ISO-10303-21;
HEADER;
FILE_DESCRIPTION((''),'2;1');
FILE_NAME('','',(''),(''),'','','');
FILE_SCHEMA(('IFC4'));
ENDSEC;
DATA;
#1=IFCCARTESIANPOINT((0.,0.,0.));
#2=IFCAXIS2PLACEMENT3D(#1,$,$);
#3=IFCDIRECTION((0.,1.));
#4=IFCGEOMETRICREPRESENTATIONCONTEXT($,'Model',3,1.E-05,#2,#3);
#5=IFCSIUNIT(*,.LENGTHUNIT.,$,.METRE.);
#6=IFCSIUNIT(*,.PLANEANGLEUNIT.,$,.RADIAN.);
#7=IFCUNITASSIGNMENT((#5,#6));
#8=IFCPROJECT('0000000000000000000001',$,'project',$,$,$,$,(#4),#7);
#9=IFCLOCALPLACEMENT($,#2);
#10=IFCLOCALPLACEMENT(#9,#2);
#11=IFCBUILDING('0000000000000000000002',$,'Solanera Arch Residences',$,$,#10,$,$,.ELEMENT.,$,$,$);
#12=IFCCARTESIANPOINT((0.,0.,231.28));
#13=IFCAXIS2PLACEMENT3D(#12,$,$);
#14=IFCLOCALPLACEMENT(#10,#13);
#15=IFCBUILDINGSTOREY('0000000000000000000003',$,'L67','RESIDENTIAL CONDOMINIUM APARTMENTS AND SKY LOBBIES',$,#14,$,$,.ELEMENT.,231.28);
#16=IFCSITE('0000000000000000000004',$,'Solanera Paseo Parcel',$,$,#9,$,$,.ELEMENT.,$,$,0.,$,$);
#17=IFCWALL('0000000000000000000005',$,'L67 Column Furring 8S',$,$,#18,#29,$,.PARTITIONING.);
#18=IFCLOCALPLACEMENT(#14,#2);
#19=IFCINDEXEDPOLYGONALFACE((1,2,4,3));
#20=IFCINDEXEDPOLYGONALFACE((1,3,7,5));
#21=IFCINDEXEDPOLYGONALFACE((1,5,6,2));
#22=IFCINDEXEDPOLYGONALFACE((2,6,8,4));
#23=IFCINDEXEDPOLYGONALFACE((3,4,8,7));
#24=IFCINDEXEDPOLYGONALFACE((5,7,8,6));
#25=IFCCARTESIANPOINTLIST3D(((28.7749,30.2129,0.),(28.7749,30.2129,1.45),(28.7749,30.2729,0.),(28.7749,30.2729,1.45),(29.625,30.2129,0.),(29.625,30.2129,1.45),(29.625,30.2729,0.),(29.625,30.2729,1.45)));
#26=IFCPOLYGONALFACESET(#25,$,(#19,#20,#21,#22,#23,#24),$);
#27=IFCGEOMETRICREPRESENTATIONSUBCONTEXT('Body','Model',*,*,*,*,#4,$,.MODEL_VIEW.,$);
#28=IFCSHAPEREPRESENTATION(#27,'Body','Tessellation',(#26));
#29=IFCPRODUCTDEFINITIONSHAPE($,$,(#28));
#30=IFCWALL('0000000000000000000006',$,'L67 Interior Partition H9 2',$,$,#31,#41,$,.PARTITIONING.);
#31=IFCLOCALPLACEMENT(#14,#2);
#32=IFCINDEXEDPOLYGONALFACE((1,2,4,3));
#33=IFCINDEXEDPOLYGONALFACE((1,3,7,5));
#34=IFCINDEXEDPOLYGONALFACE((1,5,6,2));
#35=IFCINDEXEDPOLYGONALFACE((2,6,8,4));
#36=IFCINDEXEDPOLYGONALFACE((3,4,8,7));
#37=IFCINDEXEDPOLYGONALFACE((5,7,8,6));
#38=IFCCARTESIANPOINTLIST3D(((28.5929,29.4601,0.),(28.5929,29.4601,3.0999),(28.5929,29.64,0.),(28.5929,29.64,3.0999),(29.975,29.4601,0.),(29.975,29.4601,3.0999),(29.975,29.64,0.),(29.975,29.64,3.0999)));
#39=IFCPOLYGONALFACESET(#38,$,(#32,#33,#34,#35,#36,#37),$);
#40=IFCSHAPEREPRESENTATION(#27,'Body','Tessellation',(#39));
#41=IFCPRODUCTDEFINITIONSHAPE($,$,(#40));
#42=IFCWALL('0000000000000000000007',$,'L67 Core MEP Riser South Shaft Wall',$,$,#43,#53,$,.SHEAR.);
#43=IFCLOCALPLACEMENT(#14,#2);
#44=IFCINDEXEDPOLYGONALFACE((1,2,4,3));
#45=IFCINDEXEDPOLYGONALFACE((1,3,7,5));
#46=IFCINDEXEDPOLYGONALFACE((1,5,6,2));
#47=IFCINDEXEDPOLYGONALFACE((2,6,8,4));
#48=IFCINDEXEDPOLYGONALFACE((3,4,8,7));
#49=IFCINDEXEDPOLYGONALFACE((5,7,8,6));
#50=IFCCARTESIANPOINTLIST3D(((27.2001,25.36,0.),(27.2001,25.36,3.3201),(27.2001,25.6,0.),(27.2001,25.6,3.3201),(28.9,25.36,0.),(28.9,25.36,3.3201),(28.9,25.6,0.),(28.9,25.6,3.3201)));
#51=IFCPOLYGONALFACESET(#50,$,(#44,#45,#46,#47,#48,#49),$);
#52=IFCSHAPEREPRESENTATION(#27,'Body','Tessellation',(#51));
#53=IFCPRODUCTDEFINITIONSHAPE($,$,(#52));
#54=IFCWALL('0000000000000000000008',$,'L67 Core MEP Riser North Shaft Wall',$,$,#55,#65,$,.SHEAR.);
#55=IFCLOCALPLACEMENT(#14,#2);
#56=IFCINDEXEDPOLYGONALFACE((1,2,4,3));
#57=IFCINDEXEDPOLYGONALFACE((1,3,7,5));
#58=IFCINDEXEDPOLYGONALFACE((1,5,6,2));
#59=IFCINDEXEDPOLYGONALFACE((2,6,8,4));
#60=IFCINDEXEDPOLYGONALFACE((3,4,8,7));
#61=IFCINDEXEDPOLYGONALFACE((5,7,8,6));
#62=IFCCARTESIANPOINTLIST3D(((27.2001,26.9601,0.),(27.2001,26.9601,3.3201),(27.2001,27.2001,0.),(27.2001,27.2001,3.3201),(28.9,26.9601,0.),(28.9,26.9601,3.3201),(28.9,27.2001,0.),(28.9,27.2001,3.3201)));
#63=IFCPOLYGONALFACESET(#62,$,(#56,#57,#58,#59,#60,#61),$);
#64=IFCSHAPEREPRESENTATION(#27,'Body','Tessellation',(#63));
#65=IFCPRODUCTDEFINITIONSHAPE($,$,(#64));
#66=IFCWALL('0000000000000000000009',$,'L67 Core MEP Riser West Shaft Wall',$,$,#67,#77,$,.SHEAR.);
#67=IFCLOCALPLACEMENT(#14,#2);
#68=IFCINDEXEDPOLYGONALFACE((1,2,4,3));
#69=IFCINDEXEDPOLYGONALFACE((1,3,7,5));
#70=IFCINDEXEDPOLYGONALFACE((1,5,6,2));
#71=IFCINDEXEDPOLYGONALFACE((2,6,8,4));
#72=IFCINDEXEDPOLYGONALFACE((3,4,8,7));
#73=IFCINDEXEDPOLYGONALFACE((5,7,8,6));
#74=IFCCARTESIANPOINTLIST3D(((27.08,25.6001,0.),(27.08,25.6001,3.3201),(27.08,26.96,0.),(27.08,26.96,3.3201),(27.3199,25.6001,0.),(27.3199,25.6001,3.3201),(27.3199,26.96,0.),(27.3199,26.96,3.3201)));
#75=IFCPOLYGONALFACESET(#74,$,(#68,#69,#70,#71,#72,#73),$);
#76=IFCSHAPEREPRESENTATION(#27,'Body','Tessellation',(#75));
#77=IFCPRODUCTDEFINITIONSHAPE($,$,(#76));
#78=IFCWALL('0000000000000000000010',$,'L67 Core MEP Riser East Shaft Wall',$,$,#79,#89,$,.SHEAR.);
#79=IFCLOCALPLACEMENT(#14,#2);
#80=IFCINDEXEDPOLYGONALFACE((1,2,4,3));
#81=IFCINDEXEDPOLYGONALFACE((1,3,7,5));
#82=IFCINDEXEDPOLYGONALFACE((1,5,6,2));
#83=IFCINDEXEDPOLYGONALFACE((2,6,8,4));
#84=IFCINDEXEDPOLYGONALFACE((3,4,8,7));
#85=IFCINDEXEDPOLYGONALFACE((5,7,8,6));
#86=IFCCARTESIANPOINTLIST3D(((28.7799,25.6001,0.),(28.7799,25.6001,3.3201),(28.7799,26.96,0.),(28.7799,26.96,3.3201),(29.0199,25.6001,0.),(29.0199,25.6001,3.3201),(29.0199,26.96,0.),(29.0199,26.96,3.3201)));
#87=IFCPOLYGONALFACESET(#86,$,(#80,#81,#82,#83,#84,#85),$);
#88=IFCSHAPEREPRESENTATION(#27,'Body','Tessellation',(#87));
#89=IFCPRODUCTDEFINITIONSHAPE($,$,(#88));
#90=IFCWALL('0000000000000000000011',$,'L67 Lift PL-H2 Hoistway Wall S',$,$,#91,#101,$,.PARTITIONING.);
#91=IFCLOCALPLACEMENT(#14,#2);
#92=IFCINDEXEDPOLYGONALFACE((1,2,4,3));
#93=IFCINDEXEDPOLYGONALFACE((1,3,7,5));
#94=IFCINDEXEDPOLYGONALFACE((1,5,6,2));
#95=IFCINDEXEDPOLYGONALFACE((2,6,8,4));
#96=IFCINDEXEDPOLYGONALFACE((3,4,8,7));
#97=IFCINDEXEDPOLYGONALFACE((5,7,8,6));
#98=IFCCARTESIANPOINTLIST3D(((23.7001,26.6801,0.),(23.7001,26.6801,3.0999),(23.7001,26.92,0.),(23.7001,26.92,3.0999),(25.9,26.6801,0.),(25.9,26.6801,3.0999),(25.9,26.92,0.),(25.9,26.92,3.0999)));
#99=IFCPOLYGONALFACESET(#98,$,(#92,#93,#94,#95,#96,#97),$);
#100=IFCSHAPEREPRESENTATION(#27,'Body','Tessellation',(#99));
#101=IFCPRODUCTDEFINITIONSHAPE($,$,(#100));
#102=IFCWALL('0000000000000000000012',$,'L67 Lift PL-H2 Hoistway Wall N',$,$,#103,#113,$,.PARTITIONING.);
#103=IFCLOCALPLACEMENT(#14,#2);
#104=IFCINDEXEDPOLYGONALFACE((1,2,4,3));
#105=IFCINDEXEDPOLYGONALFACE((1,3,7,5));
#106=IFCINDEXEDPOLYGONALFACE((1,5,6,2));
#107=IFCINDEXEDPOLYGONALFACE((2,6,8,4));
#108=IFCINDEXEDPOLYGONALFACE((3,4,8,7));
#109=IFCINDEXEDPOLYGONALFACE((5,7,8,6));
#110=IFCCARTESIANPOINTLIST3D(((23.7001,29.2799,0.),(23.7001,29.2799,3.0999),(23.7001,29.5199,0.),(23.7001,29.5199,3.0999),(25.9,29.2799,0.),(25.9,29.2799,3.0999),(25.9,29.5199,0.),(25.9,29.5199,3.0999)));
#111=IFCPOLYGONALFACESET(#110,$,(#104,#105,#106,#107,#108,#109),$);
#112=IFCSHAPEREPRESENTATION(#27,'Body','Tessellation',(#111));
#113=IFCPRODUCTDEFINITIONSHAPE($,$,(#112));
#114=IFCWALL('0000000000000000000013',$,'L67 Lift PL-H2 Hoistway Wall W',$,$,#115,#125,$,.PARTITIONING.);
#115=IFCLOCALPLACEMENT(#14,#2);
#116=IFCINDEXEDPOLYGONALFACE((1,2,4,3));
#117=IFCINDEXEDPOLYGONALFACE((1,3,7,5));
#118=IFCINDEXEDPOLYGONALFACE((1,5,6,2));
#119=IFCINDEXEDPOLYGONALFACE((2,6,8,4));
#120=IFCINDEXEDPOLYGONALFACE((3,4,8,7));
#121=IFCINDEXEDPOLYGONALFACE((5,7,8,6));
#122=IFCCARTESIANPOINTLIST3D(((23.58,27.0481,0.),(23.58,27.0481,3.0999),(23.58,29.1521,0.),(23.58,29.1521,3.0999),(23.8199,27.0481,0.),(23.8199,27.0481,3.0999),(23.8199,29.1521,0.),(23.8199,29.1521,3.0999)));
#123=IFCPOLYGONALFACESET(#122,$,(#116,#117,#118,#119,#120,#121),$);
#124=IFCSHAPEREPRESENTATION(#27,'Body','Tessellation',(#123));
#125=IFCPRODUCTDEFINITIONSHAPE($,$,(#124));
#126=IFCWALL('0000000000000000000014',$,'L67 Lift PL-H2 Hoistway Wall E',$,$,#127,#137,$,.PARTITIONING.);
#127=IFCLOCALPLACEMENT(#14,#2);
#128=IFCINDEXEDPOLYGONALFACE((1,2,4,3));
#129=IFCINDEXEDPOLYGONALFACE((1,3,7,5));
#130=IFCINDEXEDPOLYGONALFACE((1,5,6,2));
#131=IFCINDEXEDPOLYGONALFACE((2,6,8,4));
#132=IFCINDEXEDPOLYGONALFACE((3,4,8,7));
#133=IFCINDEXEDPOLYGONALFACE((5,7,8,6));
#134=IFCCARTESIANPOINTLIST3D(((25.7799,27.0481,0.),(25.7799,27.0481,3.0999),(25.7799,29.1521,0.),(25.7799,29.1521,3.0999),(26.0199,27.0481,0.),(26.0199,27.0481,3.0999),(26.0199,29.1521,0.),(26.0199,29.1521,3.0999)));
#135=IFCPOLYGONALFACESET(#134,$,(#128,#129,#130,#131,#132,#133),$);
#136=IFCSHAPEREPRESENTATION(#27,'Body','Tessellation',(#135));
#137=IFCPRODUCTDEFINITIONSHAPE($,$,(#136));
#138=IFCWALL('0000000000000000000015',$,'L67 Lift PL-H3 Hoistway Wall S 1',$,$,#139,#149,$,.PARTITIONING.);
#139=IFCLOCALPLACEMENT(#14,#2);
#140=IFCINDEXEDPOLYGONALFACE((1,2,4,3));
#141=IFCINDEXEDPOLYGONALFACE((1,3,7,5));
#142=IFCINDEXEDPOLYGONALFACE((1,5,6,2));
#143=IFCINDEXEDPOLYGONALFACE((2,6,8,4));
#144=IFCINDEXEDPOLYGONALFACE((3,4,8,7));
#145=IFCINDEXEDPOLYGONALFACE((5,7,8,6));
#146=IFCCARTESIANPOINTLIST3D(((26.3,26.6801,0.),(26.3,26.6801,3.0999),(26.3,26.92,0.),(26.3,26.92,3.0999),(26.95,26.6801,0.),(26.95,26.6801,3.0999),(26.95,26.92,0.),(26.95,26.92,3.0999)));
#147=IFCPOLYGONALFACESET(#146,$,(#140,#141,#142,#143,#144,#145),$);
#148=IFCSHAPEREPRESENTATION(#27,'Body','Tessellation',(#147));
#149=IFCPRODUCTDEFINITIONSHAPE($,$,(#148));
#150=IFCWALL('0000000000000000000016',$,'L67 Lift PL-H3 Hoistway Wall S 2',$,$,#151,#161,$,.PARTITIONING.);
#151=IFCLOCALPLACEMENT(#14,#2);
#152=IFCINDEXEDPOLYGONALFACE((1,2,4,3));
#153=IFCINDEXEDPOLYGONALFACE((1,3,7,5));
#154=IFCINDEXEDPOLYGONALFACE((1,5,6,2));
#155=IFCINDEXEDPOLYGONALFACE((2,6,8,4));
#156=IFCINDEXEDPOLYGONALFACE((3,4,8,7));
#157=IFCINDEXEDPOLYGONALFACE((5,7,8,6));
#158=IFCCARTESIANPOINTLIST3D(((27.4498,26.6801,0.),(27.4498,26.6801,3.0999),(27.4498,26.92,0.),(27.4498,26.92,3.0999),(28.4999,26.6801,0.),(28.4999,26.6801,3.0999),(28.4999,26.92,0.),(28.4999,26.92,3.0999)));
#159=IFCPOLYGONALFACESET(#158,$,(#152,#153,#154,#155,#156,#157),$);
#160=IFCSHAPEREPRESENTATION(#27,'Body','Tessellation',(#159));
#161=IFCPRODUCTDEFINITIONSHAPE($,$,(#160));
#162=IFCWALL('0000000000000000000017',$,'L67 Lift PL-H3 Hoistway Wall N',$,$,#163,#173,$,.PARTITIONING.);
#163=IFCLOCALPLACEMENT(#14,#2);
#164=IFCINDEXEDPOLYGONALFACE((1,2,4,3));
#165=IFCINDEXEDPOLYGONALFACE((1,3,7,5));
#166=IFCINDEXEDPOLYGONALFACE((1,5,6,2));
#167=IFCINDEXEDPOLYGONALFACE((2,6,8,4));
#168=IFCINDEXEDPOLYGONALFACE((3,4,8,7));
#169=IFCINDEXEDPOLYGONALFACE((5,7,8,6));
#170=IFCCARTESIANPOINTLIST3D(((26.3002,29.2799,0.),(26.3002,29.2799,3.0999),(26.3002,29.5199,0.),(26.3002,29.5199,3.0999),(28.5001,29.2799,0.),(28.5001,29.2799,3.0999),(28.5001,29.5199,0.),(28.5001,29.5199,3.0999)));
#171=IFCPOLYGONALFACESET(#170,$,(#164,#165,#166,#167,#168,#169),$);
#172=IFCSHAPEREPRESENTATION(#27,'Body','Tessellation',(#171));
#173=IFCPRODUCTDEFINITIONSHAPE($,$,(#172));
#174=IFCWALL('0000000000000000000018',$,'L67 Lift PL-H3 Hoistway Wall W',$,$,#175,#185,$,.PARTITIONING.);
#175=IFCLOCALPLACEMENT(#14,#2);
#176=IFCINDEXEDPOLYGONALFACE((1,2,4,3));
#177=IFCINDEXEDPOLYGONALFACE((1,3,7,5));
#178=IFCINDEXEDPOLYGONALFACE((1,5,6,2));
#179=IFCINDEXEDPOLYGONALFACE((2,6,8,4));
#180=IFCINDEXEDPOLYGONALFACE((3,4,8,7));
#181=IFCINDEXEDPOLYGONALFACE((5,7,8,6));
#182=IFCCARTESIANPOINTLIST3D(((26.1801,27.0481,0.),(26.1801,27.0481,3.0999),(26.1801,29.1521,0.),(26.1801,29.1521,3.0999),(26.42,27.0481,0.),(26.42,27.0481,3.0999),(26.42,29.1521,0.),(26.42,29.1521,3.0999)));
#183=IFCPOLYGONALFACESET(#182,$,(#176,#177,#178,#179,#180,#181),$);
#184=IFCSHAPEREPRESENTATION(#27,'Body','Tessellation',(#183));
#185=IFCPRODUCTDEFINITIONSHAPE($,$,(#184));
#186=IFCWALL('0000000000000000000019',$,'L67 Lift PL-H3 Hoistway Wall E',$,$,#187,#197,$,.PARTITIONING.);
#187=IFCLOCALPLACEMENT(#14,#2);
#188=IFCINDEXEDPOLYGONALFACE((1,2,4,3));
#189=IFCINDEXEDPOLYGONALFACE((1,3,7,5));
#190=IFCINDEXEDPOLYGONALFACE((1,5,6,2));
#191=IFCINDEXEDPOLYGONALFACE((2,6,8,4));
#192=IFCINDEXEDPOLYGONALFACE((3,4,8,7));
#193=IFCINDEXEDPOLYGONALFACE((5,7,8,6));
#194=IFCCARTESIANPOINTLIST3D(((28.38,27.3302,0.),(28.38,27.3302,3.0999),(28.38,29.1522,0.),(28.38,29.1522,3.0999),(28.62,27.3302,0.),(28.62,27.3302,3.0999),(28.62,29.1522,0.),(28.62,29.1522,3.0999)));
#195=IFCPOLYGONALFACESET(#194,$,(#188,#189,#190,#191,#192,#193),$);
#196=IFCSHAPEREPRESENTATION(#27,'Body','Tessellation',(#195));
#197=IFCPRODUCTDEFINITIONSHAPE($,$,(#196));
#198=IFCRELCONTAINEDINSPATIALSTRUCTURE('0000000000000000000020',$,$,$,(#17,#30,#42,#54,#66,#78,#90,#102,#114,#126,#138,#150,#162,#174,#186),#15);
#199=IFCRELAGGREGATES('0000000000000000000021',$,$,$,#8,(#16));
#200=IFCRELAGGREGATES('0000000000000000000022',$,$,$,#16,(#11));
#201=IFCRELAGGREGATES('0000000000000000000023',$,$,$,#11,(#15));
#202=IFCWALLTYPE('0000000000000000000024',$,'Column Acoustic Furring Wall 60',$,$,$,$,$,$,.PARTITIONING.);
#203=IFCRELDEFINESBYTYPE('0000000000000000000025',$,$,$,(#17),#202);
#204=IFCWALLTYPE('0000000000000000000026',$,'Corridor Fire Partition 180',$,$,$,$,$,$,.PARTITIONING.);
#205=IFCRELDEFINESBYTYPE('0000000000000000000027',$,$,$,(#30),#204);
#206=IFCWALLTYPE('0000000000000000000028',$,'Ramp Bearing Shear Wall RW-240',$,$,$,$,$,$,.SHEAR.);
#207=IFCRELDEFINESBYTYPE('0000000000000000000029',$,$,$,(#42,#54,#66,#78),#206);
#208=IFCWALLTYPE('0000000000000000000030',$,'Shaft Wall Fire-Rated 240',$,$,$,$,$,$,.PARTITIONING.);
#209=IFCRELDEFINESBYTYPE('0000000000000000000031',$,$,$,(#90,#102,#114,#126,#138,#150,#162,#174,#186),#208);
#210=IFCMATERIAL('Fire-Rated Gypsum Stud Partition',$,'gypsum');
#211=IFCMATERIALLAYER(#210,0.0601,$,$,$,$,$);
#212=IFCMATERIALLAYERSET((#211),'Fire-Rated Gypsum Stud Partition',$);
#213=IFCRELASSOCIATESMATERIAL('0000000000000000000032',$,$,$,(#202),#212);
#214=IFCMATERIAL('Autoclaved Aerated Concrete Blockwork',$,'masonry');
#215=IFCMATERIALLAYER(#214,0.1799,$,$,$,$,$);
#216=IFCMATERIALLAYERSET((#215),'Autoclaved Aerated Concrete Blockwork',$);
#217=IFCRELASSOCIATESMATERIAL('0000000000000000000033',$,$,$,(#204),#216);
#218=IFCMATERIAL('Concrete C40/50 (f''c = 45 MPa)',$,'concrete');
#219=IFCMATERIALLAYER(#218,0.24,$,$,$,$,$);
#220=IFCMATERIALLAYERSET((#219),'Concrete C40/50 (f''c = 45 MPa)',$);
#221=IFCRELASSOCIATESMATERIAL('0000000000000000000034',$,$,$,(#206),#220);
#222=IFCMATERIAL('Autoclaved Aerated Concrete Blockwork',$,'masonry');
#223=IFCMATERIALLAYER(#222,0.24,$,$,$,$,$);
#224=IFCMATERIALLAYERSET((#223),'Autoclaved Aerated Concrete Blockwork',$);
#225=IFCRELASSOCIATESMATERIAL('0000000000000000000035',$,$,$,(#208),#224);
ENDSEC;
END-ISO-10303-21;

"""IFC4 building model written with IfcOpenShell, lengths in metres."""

from ifc_helpers import new_model, si_unit, direction, frame, frame_2d, origin, place, context, subcontext, project, spatial, rectangle, extrude, material, layer, layer_set, type_object, element, save


model = new_model("IFC4")

# Units and contexts
model_context = context("Model", 3, precision=1e-05, world=origin(), true_north=direction((0.0, 1.0)))
body_context = subcontext(model_context, "Body", "Model", "MODEL_VIEW")
ifc_project = project(units=[si_unit("LENGTHUNIT", "METRE"), si_unit("PLANEANGLEUNIT", "RADIAN")], contexts=[model_context])

# Site, building, storey
site_placement = place(None, origin())
site = spatial("IfcSite", under=ifc_project, at=site_placement, Name="Solanera Paseo Parcel", CompositionType="ELEMENT", RefElevation=0.0)
building_placement = place(site_placement, origin())
building = spatial("IfcBuilding", under=site, at=building_placement, Name="Solanera Arch Residences", CompositionType="ELEMENT")
storey_placement = place(building_placement, frame((0.0, 0.0, 231.28)))
storey = spatial("IfcBuildingStorey", under=building, at=storey_placement, Name="L67", Description="RESIDENTIAL CONDOMINIUM APARTMENTS AND SKY LOBBIES", CompositionType="ELEMENT", Elevation=231.28)

# Walls
ifc_material_1 = material(Name="Fire-Rated Gypsum Stud Partition", Category="gypsum")
ifc_layer_1 = layer(ifc_material_1, 0.0601)
ifc_layer_set_1 = layer_set([ifc_layer_1], Name="Fire-Rated Gypsum Stud Partition")
wall_type_1 = type_object("IfcWallType", Name="Column Acoustic Furring Wall 60", PredefinedType="PARTITIONING", material=ifc_layer_set_1)
wall_1_placement = place(storey_placement, frame((28.7749, 30.2429, 0.0), z_axis=(0.0, 0.0, 1.0), x_axis=(1.0, 0.0, 0.0)))
element("IfcWall", 1, at=wall_1_placement, inside=storey, type_object=wall_type_1, Name="L67 Column Furring 8S", PredefinedType="PARTITIONING", context=body_context, shape_type="SweptSolid", body=[
    extrude(rectangle(XDim=0.8501, YDim=0.0601, at=frame_2d((0.425, 0.0))), origin(), (0.0, 0.0, 1.0), 1.45),
])
ifc_material_2 = material(Name="Autoclaved Aerated Concrete Blockwork", Category="masonry")
ifc_layer_2 = layer(ifc_material_2, 0.1799)
ifc_layer_set_2 = layer_set([ifc_layer_2], Name="Autoclaved Aerated Concrete Blockwork")
wall_type_2 = type_object("IfcWallType", Name="Corridor Fire Partition 180", PredefinedType="PARTITIONING", material=ifc_layer_set_2)
wall_2_placement = place(storey_placement, frame((28.593, 29.55, 0.0), z_axis=(0.0, 0.0, 1.0), x_axis=(1.0, 0.0, 0.0)))
element("IfcWall", 2, at=wall_2_placement, inside=storey, type_object=wall_type_2, Name="L67 Interior Partition H9 2", PredefinedType="PARTITIONING", context=body_context, shape_type="SweptSolid", body=[
    extrude(rectangle(XDim=1.3821, YDim=0.1799, at=frame_2d((0.6909, 0.0))), origin(), (0.0, 0.0, 1.0), 3.0999),
])
ifc_material_3 = material(Name="Concrete C40/50 (f'c = 45 MPa)", Category="concrete")
ifc_layer_3 = layer(ifc_material_3, 0.24)
ifc_layer_set_3 = layer_set([ifc_layer_3], Name="Concrete C40/50 (f'c = 45 MPa)")
wall_type_3 = type_object("IfcWallType", Name="Ramp Bearing Shear Wall RW-240", PredefinedType="SHEAR", material=ifc_layer_set_3)
for number, where, z_axis, x_axis, name in (
    (3, (27.2, 25.48, 0.0), (0.0, 0.0, 1.0), (1.0, 0.0, 0.0), "L67 Core MEP Riser South Shaft Wall"),
    (4, (27.2, 27.0801, 0.0), (0.0, 0.0, 1.0), (1.0, 0.0, 0.0), "L67 Core MEP Riser North Shaft Wall"),
):
    element("IfcWall", number, at=place(storey_placement, frame(where, z_axis=z_axis, x_axis=x_axis)), inside=storey, type_object=wall_type_3, Name=name, PredefinedType="SHEAR", context=body_context, shape_type="SweptSolid", body=[
        extrude(rectangle(XDim=1.7, YDim=0.24, at=frame_2d((0.8501, 0.0))), origin(), (0.0, 0.0, 1.0), 3.3201),
    ])
for number, where, z_axis, x_axis, name in (
    (5, (27.2, 25.6001, 0.0), (0.0, 0.0, 1.0), (0.0, 1.0, 0.0), "L67 Core MEP Riser West Shaft Wall"),
    (6, (28.8999, 25.6001, 0.0), (0.0, 0.0, 1.0), (0.0, 1.0, 0.0), "L67 Core MEP Riser East Shaft Wall"),
):
    element("IfcWall", number, at=place(storey_placement, frame(where, z_axis=z_axis, x_axis=x_axis)), inside=storey, type_object=wall_type_3, Name=name, PredefinedType="SHEAR", context=body_context, shape_type="SweptSolid", body=[
        extrude(rectangle(XDim=1.3599, YDim=0.24, at=frame_2d((0.6799, 0.0))), origin(), (0.0, 0.0, 1.0), 3.3201),
    ])
ifc_material_4 = material(Name="Autoclaved Aerated Concrete Blockwork", Category="masonry")
ifc_layer_4 = layer(ifc_material_4, 0.24)
ifc_layer_set_4 = layer_set([ifc_layer_4], Name="Autoclaved Aerated Concrete Blockwork")
wall_type_4 = type_object("IfcWallType", Name="Shaft Wall Fire-Rated 240", PredefinedType="PARTITIONING", material=ifc_layer_set_4)
for number, where, z_axis, x_axis, name in (
    (7, (23.7, 26.8, 0.0), (0.0, 0.0, 1.0), (1.0, 0.0, 0.0), "L67 Lift PL-H2 Hoistway Wall S"),
    (8, (23.7, 29.3999, 0.0), (0.0, 0.0, 1.0), (1.0, 0.0, 0.0), "L67 Lift PL-H2 Hoistway Wall N"),
):
    element("IfcWall", number, at=place(storey_placement, frame(where, z_axis=z_axis, x_axis=x_axis)), inside=storey, type_object=wall_type_4, Name=name, PredefinedType="PARTITIONING", context=body_context, shape_type="SweptSolid", body=[
        extrude(rectangle(XDim=2.2, YDim=0.24, at=frame_2d((1.1001, 0.0))), origin(), (0.0, 0.0, 1.0), 3.0999),
    ])
for number, where, z_axis, x_axis, name in (
    (9, (23.7, 27.0481, 0.0), (0.0, 0.0, 1.0), (0.0, 1.0, 0.0), "L67 Lift PL-H2 Hoistway Wall W"),
    (10, (25.8999, 27.0481, 0.0), (0.0, 0.0, 1.0), (0.0, 1.0, 0.0), "L67 Lift PL-H2 Hoistway Wall E"),
):
    element("IfcWall", number, at=place(storey_placement, frame(where, z_axis=z_axis, x_axis=x_axis)), inside=storey, type_object=wall_type_4, Name=name, PredefinedType="PARTITIONING", context=body_context, shape_type="SweptSolid", body=[
        extrude(rectangle(XDim=2.104, YDim=0.24, at=frame_2d((1.052, 0.0))), origin(), (0.0, 0.0, 1.0), 3.0999),
    ])
wall_3_placement = place(storey_placement, frame((26.3, 26.8, 0.0), z_axis=(0.0, 0.0, 1.0), x_axis=(1.0, 0.0, 0.0)))
element("IfcWall", 11, at=wall_3_placement, inside=storey, type_object=wall_type_4, Name="L67 Lift PL-H3 Hoistway Wall S 1", PredefinedType="PARTITIONING", context=body_context, shape_type="SweptSolid", body=[
    extrude(rectangle(XDim=0.6499, YDim=0.24, at=frame_2d((0.325, 0.0))), origin(), (0.0, 0.0, 1.0), 3.0999),
])
wall_4_placement = place(storey_placement, frame((27.45, 26.8, 0.0), z_axis=(0.0, 0.0, 1.0), x_axis=(1.0, 0.0, 0.0)))
element("IfcWall", 12, at=wall_4_placement, inside=storey, type_object=wall_type_4, Name="L67 Lift PL-H3 Hoistway Wall S 2", PredefinedType="PARTITIONING", context=body_context, shape_type="SweptSolid", body=[
    extrude(rectangle(XDim=1.05, YDim=0.24, at=frame_2d((0.5249, 0.0))), origin(), (0.0, 0.0, 1.0), 3.0999),
])
wall_5_placement = place(storey_placement, frame((26.3, 29.3999, 0.0), z_axis=(0.0, 0.0, 1.0), x_axis=(1.0, 0.0, 0.0)))
element("IfcWall", 13, at=wall_5_placement, inside=storey, type_object=wall_type_4, Name="L67 Lift PL-H3 Hoistway Wall N", PredefinedType="PARTITIONING", context=body_context, shape_type="SweptSolid", body=[
    extrude(rectangle(XDim=2.2, YDim=0.24, at=frame_2d((1.1001, 0.0))), origin(), (0.0, 0.0, 1.0), 3.0999),
])
wall_6_placement = place(storey_placement, frame((26.3, 27.0481, 0.0), z_axis=(0.0, 0.0, 1.0), x_axis=(0.0, 1.0, 0.0)))
element("IfcWall", 14, at=wall_6_placement, inside=storey, type_object=wall_type_4, Name="L67 Lift PL-H3 Hoistway Wall W", PredefinedType="PARTITIONING", context=body_context, shape_type="SweptSolid", body=[
    extrude(rectangle(XDim=2.104, YDim=0.24, at=frame_2d((1.052, 0.0))), origin(), (0.0, 0.0, 1.0), 3.0999),
])
wall_7_placement = place(storey_placement, frame((28.5, 27.3301, 0.0), z_axis=(0.0, 0.0, 1.0), x_axis=(0.0, 1.0, 0.0)))
element("IfcWall", 15, at=wall_7_placement, inside=storey, type_object=wall_type_4, Name="L67 Lift PL-H3 Hoistway Wall E", PredefinedType="PARTITIONING", context=body_context, shape_type="SweptSolid", body=[
    extrude(rectangle(XDim=1.822, YDim=0.24, at=frame_2d((0.9111, 0.0))), origin(), (0.0, 0.0, 1.0), 3.0999),
])

save(model, "model.ifc")
